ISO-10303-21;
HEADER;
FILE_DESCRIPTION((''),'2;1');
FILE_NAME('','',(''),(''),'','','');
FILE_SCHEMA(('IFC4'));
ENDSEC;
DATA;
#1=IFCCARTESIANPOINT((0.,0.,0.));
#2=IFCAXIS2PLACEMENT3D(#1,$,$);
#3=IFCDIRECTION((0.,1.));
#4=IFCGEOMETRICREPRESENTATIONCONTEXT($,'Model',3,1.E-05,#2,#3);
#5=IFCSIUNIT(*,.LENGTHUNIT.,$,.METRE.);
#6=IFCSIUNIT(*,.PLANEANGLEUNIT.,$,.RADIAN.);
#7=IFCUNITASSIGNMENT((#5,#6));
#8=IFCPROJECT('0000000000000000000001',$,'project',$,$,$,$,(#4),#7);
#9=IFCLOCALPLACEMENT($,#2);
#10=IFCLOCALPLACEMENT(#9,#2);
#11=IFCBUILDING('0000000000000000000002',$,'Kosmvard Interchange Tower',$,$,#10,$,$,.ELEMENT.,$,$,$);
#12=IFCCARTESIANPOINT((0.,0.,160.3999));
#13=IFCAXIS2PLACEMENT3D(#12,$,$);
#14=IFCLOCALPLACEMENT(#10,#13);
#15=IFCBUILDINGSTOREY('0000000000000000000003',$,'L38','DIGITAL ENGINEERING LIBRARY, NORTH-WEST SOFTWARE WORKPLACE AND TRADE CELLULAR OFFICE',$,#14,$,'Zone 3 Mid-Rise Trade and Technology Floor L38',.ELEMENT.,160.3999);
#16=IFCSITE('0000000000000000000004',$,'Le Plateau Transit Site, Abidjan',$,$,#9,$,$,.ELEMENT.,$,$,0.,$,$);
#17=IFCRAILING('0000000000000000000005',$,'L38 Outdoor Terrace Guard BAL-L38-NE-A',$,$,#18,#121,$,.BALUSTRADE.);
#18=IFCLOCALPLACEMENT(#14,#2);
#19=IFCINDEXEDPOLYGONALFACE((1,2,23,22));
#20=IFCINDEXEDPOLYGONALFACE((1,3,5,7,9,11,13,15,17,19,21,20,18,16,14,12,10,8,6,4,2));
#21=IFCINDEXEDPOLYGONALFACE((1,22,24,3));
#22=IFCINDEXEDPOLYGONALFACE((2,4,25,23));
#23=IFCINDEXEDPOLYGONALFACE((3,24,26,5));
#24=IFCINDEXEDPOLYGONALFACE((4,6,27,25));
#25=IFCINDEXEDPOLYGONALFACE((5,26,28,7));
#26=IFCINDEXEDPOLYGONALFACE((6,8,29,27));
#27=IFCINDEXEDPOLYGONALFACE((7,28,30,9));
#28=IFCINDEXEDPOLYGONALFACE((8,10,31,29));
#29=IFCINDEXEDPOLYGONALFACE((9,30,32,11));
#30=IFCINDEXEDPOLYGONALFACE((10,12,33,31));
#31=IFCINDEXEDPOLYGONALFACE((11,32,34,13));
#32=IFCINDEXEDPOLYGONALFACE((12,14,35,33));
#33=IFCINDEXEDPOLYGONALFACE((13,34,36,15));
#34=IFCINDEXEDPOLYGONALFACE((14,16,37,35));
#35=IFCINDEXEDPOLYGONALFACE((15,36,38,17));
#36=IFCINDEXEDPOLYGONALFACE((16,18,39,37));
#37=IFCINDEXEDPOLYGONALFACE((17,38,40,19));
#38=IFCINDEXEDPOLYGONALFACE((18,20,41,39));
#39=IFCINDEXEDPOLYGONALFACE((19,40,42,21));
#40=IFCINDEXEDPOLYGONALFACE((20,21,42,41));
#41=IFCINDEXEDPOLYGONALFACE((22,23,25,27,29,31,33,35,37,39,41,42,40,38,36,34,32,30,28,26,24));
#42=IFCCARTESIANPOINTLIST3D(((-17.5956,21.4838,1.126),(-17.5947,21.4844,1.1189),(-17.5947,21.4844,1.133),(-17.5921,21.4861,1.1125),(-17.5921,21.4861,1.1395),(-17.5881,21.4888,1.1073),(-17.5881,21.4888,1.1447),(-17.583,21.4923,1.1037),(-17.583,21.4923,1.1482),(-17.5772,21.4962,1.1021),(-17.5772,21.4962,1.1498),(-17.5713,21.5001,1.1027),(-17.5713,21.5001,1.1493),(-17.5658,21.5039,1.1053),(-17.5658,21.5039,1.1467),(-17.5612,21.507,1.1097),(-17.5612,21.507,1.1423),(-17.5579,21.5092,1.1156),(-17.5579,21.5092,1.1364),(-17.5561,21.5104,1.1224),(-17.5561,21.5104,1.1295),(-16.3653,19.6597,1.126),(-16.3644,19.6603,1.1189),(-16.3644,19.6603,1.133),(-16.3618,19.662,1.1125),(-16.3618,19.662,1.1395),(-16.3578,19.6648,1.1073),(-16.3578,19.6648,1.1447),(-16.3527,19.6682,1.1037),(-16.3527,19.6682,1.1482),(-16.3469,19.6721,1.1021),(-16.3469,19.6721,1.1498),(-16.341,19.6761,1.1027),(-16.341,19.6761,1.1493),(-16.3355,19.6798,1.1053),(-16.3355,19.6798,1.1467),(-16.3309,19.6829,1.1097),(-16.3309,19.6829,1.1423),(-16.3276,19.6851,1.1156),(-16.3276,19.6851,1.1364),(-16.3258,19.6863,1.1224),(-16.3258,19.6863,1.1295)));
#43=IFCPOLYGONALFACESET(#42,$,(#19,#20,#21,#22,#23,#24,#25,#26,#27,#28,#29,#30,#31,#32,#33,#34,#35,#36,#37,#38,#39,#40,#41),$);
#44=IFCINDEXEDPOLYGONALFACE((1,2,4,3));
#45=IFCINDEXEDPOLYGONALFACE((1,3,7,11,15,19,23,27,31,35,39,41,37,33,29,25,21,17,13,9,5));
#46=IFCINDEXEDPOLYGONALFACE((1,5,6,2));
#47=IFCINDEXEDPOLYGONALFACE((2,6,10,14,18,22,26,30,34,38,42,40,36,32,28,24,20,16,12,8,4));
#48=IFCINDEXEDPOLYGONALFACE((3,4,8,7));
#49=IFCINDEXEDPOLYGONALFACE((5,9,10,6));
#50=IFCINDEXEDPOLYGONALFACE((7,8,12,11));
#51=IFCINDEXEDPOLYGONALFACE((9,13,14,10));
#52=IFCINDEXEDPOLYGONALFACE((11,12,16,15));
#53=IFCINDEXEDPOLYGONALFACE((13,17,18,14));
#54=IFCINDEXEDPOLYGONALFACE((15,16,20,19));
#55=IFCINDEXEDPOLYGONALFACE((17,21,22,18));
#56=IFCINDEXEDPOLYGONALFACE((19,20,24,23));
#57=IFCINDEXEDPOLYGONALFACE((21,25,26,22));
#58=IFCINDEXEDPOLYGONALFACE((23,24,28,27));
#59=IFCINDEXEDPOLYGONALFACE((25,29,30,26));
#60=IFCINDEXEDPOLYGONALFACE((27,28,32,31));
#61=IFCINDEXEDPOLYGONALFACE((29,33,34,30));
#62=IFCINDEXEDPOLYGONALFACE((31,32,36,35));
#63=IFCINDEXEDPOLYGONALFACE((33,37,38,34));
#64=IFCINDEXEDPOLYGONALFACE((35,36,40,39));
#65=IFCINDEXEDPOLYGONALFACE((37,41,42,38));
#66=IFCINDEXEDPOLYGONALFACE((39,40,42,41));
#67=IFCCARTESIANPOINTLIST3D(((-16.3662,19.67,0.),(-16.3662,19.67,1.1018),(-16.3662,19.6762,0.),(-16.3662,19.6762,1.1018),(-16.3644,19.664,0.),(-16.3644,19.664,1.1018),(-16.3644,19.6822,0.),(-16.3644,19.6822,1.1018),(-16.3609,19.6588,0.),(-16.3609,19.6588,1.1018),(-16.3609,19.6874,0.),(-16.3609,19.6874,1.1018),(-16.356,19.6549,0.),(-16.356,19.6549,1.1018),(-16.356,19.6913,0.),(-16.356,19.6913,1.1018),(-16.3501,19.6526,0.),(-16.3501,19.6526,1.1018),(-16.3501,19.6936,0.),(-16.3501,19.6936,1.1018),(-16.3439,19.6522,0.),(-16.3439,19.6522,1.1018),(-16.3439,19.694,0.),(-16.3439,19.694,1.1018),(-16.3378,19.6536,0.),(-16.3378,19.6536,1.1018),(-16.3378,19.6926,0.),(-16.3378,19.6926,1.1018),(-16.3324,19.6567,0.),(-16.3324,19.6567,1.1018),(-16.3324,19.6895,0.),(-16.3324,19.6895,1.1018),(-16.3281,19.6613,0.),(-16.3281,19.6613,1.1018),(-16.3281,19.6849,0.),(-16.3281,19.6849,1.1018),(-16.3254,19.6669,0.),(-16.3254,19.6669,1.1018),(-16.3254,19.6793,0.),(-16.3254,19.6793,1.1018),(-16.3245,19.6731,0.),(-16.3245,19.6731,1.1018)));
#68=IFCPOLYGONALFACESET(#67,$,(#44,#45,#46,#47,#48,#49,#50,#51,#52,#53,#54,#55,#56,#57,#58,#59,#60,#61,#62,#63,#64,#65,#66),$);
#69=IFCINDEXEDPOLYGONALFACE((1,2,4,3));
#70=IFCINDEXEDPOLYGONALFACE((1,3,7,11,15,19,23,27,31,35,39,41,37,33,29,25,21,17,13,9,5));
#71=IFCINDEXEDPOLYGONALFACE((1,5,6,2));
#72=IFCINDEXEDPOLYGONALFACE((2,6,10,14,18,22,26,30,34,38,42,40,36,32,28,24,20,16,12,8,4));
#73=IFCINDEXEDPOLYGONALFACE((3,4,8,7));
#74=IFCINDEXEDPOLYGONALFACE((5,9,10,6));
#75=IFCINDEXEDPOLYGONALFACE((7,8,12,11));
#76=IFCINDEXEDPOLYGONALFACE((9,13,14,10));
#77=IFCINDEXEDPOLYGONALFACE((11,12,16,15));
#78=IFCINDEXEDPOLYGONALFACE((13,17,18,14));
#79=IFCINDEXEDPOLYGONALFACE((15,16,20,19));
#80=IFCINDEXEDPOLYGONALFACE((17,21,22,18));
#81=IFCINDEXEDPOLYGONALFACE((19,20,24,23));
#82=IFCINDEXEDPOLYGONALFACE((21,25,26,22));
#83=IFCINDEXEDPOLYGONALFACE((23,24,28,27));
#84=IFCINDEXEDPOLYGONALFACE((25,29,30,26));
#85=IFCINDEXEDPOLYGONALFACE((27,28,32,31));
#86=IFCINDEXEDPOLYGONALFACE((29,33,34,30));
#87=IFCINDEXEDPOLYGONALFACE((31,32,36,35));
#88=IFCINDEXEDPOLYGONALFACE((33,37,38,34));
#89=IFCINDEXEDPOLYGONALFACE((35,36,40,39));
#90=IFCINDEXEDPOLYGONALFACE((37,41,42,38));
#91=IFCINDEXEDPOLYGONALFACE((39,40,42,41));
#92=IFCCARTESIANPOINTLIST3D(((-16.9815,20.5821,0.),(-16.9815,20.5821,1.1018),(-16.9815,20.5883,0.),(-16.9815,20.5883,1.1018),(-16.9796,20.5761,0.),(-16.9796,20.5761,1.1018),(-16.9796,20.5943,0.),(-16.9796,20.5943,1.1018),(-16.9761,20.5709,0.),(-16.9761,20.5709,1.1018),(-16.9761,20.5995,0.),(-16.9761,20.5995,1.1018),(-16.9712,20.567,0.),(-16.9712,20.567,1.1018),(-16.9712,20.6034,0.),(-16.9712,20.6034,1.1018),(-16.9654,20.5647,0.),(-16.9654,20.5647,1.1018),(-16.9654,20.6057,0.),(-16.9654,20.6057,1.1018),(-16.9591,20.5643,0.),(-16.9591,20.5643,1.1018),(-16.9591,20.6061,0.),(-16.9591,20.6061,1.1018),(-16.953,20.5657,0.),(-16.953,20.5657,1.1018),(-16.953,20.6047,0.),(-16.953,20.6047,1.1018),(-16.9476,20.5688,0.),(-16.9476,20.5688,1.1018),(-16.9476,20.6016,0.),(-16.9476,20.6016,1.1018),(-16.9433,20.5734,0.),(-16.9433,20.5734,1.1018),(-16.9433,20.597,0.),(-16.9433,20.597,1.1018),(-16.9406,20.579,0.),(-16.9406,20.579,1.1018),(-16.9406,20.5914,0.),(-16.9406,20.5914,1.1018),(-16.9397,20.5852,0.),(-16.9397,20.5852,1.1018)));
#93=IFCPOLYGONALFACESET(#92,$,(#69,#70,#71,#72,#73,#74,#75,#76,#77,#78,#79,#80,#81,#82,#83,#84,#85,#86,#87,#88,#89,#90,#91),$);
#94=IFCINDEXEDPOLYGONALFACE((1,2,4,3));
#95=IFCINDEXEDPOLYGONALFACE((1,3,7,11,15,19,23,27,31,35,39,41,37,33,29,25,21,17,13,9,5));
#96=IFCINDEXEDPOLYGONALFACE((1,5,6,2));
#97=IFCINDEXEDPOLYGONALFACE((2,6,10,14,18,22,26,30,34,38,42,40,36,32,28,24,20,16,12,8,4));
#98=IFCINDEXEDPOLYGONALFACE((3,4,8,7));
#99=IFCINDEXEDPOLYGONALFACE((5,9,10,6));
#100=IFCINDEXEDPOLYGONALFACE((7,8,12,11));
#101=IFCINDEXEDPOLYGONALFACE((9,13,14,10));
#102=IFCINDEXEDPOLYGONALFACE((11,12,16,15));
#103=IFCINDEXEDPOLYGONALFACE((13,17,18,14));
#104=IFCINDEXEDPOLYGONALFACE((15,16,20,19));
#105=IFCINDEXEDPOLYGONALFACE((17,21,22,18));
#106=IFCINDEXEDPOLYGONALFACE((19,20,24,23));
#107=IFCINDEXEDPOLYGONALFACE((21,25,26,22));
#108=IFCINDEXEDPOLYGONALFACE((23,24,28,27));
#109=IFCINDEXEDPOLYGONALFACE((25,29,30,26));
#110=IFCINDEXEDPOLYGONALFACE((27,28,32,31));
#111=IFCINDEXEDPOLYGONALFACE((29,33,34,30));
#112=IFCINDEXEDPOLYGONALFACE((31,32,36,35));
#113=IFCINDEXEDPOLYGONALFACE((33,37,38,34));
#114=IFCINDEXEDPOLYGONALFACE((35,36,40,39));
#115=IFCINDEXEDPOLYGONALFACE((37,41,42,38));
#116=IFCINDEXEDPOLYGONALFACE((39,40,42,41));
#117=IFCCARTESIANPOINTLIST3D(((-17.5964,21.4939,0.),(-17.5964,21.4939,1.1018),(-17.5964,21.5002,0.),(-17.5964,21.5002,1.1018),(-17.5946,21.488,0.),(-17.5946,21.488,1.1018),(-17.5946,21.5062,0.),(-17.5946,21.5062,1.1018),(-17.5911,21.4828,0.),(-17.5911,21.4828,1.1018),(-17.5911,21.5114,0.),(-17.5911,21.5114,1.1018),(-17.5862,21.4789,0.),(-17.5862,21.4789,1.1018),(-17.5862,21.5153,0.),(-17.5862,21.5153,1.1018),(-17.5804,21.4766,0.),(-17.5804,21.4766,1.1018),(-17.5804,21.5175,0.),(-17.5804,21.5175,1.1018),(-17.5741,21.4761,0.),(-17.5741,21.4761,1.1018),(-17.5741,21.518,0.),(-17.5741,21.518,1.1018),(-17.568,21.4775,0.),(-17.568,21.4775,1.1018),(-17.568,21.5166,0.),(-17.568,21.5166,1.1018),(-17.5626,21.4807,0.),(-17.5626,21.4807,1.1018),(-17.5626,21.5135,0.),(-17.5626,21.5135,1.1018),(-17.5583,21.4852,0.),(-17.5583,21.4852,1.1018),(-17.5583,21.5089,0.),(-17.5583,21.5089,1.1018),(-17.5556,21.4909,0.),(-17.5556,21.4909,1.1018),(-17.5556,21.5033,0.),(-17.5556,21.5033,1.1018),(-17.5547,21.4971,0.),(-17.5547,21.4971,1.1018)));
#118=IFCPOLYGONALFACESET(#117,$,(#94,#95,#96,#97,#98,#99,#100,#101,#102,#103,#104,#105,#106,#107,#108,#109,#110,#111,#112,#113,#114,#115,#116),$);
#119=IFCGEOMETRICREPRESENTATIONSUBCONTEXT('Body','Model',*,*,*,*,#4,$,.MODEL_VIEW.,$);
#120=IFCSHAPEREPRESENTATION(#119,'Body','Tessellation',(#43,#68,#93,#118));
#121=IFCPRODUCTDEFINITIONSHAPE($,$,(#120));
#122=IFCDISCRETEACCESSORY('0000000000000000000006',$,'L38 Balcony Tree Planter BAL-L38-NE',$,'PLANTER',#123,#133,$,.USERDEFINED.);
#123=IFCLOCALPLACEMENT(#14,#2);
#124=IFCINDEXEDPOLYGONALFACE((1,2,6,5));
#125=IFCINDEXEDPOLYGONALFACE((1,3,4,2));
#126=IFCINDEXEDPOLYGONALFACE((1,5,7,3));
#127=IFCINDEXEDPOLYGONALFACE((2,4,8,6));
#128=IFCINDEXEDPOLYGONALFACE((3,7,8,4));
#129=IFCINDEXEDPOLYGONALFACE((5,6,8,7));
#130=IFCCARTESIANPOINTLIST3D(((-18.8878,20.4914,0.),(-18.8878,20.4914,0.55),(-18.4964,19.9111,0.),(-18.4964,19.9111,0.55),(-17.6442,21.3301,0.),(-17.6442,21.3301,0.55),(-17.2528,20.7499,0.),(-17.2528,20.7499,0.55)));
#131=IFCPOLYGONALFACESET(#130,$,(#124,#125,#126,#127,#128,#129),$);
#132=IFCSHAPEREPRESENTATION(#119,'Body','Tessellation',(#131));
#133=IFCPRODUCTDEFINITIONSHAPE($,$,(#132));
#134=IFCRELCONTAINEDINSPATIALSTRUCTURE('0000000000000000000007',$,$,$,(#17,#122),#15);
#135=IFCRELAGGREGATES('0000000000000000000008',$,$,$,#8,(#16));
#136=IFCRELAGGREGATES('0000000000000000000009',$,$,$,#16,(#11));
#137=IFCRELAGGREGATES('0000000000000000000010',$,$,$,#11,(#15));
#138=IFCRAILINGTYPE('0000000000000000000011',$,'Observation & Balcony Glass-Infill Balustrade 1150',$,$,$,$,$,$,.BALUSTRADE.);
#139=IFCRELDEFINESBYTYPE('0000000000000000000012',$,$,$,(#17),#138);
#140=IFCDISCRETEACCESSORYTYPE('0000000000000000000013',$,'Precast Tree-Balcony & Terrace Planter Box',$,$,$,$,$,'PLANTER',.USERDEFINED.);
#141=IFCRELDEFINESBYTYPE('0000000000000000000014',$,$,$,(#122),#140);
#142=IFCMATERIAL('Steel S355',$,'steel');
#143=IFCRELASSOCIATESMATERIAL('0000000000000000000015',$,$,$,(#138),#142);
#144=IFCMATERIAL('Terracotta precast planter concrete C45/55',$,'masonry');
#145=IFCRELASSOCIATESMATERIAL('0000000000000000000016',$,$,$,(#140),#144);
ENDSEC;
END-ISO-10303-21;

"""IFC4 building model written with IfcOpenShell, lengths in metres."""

from ifc_helpers import new_model, si_unit, direction, frame, origin, origin_2d, place, context, subcontext, project, spatial, rectangle, circle, extrude, source, transform, mapped, material, type_object, element, save


model = new_model("IFC4")

# Units and contexts
model_context = context("Model", 3, precision=1e-05, world=origin(), true_north=direction((0.0, 1.0)))
body_context = subcontext(model_context, "Body", "Model", "MODEL_VIEW")
ifc_project = project(units=[si_unit("LENGTHUNIT", "METRE"), si_unit("PLANEANGLEUNIT", "RADIAN")], contexts=[model_context])

# Site, building, storey
site_placement = place(None, origin())
site = spatial("IfcSite", under=ifc_project, at=site_placement, Name="Le Plateau Transit Site, Abidjan", CompositionType="ELEMENT", RefElevation=0.0)
building_placement = place(site_placement, origin())
building = spatial("IfcBuilding", under=site, at=building_placement, Name="Kosmvard Interchange Tower", CompositionType="ELEMENT")
storey_placement = place(building_placement, frame((0.0, 0.0, 160.3999)))
storey = spatial("IfcBuildingStorey", under=building, at=storey_placement, Name="L38", Description="DIGITAL ENGINEERING LIBRARY, NORTH-WEST SOFTWARE WORKPLACE AND TRADE CELLULAR OFFICE", LongName="Zone 3 Mid-Rise Trade and Technology Floor L38", CompositionType="ELEMENT", Elevation=160.3999)

# Shared definitions
ifc_material_1 = material(Name="Steel S355", Category="steel")

# Railing
railing_type = type_object("IfcRailingType", Name="Observation & Balcony Glass-Infill Balustrade 1150", PredefinedType="BALUSTRADE", material=ifc_material_1)
shared_shape_1 = source(origin(), body_context, "Body", "SweptSolid", [
    extrude(circle(Radius=0.0239, at=origin_2d()), frame((0.0, 0.0, 1.126), z_axis=(-0.559174, 0.829051, 0.0), x_axis=(-0.829051, -0.559174, 0.0)), (0.0, 0.0, 1.0), 2.2002),
    extrude(circle(Radius=0.021, at=origin_2d()), origin(), (0.0, 0.0, 1.0), 1.1018),
    extrude(circle(Radius=0.021, at=origin_2d()), frame((-0.6152, 0.9121, 0.0)), (0.0, 0.0, 1.0), 1.1018),
    extrude(circle(Radius=0.021, at=origin_2d()), frame((-1.2302, 1.824, 0.0)), (0.0, 0.0, 1.0), 1.1018),
])
railing_1_placement = place(storey_placement, frame((-16.3455, 19.6731, 0.0)))
element("IfcRailing", 1, at=railing_1_placement, inside=storey, type_object=railing_type, Name="L38 Outdoor Terrace Guard BAL-L38-NE-A", PredefinedType="BALUSTRADE", context=body_context, shape_type="MappedRepresentation", body=[
    mapped(shared_shape_1, transform((0.0, 0.0, 0.0), scale=1.0)),
])

# Discrete accessory
ifc_material_2 = material(Name="Terracotta precast planter concrete C45/55", Category="masonry")
discrete_accessory_type = type_object("IfcDiscreteAccessoryType", Name="Precast Tree-Balcony & Terrace Planter Box", ElementType="PLANTER", PredefinedType="USERDEFINED", material=ifc_material_2)
shared_shape_2 = source(origin(), body_context, "Body", "SweptSolid", [
    extrude(rectangle(XDim=1.5, YDim=0.7, at=origin_2d()), origin(), (0.0, 0.0, 1.0), 0.55),
])
discrete_accessory_placement = place(storey_placement, frame((-18.0703, 20.6206, 0.0), z_axis=(0.0, 0.0, 1.0), x_axis=(0.829038, 0.559193, 0.0)))
element("IfcDiscreteAccessory", 2, at=discrete_accessory_placement, inside=storey, type_object=discrete_accessory_type, Name="L38 Balcony Tree Planter BAL-L38-NE", ObjectType="PLANTER", PredefinedType="USERDEFINED", context=body_context, shape_type="MappedRepresentation", body=[
    mapped(shared_shape_2, transform((0.0, 0.0, 0.0), scale=1.0)),
])

save(model, "model.ifc")
